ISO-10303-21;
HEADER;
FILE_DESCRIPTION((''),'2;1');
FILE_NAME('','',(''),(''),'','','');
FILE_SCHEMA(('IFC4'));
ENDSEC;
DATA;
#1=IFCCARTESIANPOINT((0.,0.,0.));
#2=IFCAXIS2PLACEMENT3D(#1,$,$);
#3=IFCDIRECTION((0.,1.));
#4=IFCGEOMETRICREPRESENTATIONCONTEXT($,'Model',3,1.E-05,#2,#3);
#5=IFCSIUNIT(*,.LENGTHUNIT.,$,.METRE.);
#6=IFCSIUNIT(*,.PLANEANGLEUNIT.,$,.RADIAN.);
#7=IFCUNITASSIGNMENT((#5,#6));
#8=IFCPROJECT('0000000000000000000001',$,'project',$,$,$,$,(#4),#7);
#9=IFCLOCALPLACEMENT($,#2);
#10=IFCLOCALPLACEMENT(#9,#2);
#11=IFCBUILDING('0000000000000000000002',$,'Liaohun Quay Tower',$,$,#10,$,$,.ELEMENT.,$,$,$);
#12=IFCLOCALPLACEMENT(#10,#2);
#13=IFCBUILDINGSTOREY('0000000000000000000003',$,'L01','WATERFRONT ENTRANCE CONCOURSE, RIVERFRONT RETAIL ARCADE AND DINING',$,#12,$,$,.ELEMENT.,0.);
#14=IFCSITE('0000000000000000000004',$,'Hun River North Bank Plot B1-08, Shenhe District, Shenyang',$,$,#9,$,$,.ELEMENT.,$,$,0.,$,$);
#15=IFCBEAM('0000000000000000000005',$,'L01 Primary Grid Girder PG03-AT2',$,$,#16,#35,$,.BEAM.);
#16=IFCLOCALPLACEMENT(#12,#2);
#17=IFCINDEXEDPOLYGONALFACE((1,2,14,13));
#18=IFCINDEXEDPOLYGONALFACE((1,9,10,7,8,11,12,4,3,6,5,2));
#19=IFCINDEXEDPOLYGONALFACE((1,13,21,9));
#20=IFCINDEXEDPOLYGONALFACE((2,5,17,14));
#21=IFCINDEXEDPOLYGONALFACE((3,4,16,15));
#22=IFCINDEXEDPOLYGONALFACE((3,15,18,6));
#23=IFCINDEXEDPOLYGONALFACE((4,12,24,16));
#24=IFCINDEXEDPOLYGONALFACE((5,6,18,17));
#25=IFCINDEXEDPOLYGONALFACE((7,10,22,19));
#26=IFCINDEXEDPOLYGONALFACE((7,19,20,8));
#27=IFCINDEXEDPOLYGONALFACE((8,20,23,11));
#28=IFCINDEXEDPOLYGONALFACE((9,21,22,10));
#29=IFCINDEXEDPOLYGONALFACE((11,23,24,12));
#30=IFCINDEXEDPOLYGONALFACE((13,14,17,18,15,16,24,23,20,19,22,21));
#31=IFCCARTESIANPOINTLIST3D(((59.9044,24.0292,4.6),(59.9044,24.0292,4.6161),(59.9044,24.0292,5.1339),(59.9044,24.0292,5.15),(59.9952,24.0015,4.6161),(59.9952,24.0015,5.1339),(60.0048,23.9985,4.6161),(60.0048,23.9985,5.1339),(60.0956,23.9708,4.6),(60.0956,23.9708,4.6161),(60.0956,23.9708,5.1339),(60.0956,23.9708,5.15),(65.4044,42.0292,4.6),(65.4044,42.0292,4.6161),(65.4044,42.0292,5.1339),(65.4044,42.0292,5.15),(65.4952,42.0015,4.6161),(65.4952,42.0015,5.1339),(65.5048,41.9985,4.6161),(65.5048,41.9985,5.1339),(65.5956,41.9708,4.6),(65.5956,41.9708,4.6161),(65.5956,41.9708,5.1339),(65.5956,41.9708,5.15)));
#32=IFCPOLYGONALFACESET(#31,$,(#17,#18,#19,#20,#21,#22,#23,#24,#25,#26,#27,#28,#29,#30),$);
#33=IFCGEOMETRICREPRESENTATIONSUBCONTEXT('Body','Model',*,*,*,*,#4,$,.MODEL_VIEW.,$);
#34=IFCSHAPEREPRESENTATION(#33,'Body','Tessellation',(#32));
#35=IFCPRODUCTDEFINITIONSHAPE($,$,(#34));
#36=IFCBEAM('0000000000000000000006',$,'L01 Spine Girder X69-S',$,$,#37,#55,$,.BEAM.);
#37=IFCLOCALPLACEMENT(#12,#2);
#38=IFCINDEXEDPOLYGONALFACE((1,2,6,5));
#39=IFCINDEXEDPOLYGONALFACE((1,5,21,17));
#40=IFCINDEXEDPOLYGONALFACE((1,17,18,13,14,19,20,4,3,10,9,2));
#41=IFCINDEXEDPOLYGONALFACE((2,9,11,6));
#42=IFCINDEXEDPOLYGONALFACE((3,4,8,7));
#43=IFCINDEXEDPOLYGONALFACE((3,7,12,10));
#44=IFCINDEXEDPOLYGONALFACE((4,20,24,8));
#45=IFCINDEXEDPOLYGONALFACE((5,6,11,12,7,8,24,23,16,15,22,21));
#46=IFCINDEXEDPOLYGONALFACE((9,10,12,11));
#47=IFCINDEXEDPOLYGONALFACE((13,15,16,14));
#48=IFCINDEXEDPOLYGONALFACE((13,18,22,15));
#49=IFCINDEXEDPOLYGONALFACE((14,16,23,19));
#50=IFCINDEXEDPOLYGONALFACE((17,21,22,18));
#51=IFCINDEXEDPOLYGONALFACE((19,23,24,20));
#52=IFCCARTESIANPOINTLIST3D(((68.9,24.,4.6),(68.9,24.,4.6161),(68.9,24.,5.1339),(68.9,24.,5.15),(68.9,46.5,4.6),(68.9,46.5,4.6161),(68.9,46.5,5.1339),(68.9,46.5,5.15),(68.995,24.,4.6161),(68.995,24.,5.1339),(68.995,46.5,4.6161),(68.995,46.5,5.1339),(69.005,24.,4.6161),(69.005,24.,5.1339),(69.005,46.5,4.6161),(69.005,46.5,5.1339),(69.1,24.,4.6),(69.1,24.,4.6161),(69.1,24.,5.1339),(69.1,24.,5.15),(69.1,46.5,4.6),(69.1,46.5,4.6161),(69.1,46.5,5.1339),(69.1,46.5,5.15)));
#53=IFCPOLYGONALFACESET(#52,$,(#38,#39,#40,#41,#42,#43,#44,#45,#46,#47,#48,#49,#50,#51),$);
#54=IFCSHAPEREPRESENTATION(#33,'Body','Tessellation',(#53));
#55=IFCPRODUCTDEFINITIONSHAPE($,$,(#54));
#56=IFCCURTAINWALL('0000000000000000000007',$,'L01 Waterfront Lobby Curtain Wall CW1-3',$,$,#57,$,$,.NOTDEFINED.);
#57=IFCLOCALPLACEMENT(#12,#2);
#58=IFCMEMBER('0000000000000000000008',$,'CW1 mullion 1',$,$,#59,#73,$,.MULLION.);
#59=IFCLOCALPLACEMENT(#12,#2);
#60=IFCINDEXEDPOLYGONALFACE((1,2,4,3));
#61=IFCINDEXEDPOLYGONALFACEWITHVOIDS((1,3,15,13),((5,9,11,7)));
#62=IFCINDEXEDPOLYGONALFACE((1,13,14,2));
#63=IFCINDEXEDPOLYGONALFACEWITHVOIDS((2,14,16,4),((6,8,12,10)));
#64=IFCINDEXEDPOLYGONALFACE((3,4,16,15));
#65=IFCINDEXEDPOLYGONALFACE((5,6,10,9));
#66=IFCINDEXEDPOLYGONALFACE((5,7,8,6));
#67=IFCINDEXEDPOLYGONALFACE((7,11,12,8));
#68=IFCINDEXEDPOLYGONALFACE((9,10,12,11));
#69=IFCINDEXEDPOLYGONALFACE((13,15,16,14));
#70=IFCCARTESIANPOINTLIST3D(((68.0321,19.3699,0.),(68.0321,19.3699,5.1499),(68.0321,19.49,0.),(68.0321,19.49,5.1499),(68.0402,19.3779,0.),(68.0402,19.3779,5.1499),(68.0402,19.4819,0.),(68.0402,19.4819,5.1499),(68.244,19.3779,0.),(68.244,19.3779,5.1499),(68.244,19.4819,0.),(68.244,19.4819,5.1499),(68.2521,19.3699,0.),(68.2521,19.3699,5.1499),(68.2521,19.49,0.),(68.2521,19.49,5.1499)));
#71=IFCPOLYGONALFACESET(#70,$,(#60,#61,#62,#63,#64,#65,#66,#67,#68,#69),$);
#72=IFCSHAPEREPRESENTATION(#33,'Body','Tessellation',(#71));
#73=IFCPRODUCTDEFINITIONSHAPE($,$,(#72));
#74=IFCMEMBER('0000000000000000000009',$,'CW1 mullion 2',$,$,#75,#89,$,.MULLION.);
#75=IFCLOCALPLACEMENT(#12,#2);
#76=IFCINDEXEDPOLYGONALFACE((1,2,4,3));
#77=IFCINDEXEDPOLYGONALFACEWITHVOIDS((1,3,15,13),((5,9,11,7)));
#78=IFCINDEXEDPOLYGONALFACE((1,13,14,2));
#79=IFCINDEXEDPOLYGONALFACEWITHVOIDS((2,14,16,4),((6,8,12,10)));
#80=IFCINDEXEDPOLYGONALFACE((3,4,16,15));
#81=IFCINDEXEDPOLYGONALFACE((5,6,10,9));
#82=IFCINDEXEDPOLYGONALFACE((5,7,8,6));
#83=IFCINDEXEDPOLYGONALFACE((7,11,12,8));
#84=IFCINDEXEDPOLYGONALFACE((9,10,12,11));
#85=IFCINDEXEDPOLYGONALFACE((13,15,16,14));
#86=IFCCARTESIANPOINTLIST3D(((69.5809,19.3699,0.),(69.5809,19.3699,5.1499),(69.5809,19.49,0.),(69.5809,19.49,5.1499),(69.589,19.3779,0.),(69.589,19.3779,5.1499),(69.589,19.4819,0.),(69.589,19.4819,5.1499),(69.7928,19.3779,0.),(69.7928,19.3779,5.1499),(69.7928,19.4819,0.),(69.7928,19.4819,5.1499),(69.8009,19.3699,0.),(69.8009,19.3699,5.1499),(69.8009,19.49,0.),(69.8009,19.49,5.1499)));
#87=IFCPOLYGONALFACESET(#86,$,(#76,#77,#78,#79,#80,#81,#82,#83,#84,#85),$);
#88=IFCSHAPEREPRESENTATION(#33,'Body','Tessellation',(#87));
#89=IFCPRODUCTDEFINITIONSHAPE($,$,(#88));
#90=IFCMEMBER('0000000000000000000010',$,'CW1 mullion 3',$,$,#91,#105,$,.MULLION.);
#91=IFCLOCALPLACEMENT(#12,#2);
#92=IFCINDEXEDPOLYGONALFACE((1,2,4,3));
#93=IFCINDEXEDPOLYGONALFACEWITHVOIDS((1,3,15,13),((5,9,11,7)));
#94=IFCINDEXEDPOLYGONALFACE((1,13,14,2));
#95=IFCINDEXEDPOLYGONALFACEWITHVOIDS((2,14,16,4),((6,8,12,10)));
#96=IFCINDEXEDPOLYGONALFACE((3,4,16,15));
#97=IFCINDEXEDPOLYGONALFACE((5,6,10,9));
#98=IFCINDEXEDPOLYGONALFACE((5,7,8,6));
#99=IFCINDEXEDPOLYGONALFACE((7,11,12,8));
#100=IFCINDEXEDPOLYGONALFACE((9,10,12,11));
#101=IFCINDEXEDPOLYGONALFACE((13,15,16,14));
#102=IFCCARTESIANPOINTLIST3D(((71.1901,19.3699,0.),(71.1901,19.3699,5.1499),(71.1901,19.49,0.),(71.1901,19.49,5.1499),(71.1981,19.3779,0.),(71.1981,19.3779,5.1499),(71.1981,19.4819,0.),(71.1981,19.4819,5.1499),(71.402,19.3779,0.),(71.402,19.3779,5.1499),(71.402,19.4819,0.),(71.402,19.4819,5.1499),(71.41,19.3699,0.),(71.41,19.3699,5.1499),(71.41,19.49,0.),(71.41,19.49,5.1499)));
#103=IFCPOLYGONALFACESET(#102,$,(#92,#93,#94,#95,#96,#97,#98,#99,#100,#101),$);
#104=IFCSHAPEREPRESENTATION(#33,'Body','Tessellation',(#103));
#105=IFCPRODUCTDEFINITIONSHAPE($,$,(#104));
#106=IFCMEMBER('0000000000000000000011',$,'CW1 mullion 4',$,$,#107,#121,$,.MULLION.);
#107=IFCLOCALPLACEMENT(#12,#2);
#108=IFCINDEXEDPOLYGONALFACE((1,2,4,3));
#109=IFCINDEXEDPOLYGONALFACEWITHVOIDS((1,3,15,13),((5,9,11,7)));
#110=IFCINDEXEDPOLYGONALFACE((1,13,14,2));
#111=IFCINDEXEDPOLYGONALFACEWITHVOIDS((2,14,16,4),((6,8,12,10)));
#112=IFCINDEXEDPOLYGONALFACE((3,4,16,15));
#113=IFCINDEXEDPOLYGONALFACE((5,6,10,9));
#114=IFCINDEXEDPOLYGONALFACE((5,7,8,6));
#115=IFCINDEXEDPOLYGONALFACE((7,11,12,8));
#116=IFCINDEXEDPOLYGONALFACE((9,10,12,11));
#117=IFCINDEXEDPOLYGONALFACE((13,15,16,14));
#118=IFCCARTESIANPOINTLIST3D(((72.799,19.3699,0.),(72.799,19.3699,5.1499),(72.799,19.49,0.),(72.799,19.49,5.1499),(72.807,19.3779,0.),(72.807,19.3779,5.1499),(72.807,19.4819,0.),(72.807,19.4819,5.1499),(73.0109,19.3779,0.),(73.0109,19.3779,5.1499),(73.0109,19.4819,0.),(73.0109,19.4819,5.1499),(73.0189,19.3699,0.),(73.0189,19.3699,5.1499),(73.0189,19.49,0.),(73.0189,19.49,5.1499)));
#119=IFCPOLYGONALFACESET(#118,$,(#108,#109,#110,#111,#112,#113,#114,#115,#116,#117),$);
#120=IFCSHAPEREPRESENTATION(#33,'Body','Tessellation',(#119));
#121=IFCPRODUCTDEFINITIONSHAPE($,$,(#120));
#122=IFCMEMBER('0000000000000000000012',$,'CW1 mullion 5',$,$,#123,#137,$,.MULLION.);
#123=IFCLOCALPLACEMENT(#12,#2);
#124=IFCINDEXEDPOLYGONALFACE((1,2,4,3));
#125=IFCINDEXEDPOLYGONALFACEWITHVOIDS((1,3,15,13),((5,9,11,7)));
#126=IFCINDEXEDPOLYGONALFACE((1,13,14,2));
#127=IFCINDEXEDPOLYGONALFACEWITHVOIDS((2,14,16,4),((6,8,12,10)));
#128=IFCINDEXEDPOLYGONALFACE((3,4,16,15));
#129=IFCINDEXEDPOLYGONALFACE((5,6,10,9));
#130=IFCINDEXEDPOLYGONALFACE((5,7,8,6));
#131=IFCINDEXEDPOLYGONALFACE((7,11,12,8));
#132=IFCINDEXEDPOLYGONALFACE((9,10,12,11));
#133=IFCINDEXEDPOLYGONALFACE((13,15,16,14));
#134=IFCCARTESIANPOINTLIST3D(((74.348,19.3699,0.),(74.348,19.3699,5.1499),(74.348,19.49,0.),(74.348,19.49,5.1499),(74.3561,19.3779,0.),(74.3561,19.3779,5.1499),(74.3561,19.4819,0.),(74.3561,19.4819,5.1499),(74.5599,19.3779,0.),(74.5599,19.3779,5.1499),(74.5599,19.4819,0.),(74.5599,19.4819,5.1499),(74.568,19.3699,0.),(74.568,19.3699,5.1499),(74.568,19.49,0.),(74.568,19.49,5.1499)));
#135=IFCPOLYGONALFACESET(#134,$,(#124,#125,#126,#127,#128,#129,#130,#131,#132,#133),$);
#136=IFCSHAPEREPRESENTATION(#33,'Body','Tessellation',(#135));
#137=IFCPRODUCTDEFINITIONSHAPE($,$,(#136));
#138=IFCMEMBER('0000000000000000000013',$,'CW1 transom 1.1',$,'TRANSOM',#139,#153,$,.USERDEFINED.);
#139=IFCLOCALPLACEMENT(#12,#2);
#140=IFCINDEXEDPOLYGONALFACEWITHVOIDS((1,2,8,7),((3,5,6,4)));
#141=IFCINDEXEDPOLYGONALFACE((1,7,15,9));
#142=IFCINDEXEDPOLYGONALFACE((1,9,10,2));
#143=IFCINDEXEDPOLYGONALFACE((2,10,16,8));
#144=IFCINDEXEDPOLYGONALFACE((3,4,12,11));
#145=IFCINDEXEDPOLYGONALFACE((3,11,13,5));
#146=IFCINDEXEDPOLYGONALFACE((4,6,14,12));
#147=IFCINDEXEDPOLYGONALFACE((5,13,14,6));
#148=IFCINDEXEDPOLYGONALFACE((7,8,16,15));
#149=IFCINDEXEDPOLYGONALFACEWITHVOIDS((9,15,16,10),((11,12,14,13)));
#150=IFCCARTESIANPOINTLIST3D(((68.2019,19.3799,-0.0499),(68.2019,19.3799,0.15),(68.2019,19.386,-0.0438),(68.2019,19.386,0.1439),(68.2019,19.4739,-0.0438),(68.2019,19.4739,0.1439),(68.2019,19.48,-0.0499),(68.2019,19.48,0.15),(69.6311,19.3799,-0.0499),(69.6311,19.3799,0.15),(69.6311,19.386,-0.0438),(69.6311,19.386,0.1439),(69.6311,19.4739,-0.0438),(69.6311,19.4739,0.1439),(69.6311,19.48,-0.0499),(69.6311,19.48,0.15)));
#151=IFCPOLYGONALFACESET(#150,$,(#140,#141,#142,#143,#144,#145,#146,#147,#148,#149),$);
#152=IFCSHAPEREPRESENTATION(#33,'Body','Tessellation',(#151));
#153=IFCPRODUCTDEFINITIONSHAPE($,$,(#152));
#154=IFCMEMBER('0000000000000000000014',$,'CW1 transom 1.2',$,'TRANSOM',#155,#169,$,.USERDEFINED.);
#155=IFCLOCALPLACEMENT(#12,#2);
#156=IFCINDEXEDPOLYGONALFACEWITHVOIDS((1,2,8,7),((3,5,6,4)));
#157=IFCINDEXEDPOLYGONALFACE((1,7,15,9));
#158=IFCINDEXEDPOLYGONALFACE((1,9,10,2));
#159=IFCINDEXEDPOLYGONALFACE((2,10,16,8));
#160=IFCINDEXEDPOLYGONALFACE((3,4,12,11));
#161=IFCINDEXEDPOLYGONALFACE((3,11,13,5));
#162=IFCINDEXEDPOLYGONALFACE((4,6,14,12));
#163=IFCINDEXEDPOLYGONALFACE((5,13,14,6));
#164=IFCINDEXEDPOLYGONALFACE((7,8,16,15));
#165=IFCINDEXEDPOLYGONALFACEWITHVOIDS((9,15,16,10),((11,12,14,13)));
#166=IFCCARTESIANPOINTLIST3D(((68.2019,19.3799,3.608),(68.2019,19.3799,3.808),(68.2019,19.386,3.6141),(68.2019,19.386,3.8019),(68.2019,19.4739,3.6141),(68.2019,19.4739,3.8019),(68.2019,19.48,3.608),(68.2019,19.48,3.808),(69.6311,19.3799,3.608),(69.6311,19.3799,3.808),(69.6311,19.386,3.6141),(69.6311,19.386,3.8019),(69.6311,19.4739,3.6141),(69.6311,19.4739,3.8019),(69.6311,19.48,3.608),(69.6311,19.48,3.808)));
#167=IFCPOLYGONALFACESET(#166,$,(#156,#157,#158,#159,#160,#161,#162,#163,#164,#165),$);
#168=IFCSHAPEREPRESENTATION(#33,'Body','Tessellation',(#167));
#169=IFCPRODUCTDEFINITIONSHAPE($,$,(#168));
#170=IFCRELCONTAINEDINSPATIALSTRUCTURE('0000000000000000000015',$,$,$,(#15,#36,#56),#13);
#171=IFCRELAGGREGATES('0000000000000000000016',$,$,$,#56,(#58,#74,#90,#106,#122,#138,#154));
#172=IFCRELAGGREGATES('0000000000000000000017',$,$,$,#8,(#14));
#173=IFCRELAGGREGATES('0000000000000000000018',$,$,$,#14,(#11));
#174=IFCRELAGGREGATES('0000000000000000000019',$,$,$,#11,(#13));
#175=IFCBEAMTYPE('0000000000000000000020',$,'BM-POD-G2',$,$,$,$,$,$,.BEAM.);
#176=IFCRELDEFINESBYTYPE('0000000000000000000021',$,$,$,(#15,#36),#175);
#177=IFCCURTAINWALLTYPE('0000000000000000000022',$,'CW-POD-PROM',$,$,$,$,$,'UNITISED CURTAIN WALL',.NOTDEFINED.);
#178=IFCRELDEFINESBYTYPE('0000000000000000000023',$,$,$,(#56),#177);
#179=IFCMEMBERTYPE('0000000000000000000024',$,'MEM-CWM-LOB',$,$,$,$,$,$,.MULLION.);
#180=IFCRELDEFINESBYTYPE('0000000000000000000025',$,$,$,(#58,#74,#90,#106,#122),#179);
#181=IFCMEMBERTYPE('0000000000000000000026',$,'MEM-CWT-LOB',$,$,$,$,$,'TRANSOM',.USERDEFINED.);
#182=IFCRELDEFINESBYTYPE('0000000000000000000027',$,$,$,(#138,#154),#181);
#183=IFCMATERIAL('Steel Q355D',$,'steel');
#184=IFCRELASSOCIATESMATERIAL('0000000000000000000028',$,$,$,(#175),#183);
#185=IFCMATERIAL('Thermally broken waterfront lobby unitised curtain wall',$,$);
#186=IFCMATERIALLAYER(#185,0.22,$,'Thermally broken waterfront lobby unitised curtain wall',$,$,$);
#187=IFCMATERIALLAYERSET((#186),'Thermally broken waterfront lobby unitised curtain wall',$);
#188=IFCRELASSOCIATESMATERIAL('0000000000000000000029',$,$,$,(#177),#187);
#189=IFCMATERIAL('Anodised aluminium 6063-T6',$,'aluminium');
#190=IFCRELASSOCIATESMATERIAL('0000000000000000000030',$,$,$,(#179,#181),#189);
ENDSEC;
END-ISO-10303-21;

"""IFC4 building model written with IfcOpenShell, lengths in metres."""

from ifc_helpers import new_model, si_unit, direction, frame, origin, origin_2d, place, context, subcontext, project, spatial, hollow_rectangle, i_section, extrude, source, transform, mapped, material, layer, layer_set, material_profile, profile_set, type_object, element, aggregate, save


model = new_model("IFC4")

# Units and contexts
model_context = context("Model", 3, precision=1e-05, world=origin(), true_north=direction((0.0, 1.0)))
body_context = subcontext(model_context, "Body", "Model", "MODEL_VIEW")
ifc_project = project(units=[si_unit("LENGTHUNIT", "METRE"), si_unit("PLANEANGLEUNIT", "RADIAN")], contexts=[model_context])

# Site, building, storey
site_placement = place(None, origin())
site = spatial("IfcSite", under=ifc_project, at=site_placement, Name="Hun River North Bank Plot B1-08, Shenhe District, Shenyang", CompositionType="ELEMENT", RefElevation=0.0)
building_placement = place(site_placement, origin())
building = spatial("IfcBuilding", under=site, at=building_placement, Name="Liaohun Quay Tower", CompositionType="ELEMENT")
storey_placement = place(building_placement, origin())
storey = spatial("IfcBuildingStorey", under=building, at=storey_placement, Name="L01", Description="WATERFRONT ENTRANCE CONCOURSE, RIVERFRONT RETAIL ARCADE AND DINING", CompositionType="ELEMENT", Elevation=0.0)

# Shared definitions
ifc_material_1 = material(Name="Steel Q355D", Category="steel")

# Beams
ifc_material_profile_1 = material_profile(ifc_material_1, i_section(OverallWidth=0.2, OverallDepth=0.55, WebThickness=0.01, FlangeThickness=0.0161, at=origin_2d()), Name="HN550x200x10x16")
ifc_profile_set_1 = profile_set([ifc_material_profile_1], Name="Steel Q355D")
beam_type_1 = type_object("IfcBeamType", Name="BM-POD-G2", PredefinedType="BEAM", material=ifc_profile_set_1)
shared_shape_1 = source(origin(), body_context, "Body", "SweptSolid", [
    extrude(i_section(OverallWidth=0.2, OverallDepth=0.55, WebThickness=0.01, FlangeThickness=0.0161, at=origin_2d()), origin(), (0.0, 0.0, 1.0), 18.8215),
])
for number, where, z_axis, x_axis, name in (
    (1, (60.0, 24.0, 4.875), (0.292219, 0.956352, 0.0), (-0.956352, 0.292219, 0.0), "L01 Primary Grid Girder PG03-AT2"),
):
    element("IfcBeam", number, at=place(storey_placement, frame(where, z_axis=z_axis, x_axis=x_axis)), inside=storey, type_object=beam_type_1, Name=name, PredefinedType="BEAM", context=body_context, shape_type="MappedRepresentation", body=[
        mapped(shared_shape_1, transform((0.0, 0.0, 0.0), x_axis=(1.0, 0.0, 0.0), y_axis=(0.0, 1.0, 0.0), z_axis=(0.0, 0.0, 1.0), scale=1.0)),
    ])
shared_shape_2 = source(origin(), body_context, "Body", "SweptSolid", [
    extrude(i_section(OverallWidth=0.2, OverallDepth=0.55, WebThickness=0.01, FlangeThickness=0.0161, at=origin_2d()), origin(), (0.0, 0.0, 1.0), 22.5),
])
beam_1_placement = place(storey_placement, frame((69.0, 24.0, 4.875), z_axis=(0.0, 1.0, 0.0), x_axis=(-1.0, 0.0, 0.0)))
element("IfcBeam", 2, at=beam_1_placement, inside=storey, type_object=beam_type_1, Name="L01 Spine Girder X69-S", PredefinedType="BEAM", context=body_context, shape_type="MappedRepresentation", body=[
    mapped(shared_shape_2, transform((0.0, 0.0, 0.0), x_axis=(1.0, 0.0, 0.0), y_axis=(0.0, 1.0, 0.0), z_axis=(0.0, 0.0, 1.0), scale=1.0)),
])

# Curtain wall, members
ifc_material_2 = material(Name="Thermally broken waterfront lobby unitised curtain wall")
ifc_layer_1 = layer(ifc_material_2, 0.22, Name="Thermally broken waterfront lobby unitised curtain wall")
ifc_layer_set_1 = layer_set([ifc_layer_1], Name="Thermally broken waterfront lobby unitised curtain wall")
curtain_wall_type = type_object("IfcCurtainWallType", Name="CW-POD-PROM", ElementType="UNITISED CURTAIN WALL", PredefinedType="NOTDEFINED", material=ifc_layer_set_1)
curtain_wall_placement = place(storey_placement, origin())
curtain_wall = element("IfcCurtainWall", 3, at=curtain_wall_placement, inside=storey, type_object=curtain_wall_type, Name="L01 Waterfront Lobby Curtain Wall CW1-3", PredefinedType="NOTDEFINED")
ifc_material_3 = material(Name="Anodised aluminium 6063-T6", Category="aluminium")
ifc_material_profile_2 = material_profile(ifc_material_3, hollow_rectangle(XDim=0.1201, YDim=0.22, WallThickness=0.0081, at=origin_2d()), Name="RHS220x120x8")
ifc_profile_set_2 = profile_set([ifc_material_profile_2], Name="Anodised aluminium 6063-T6")
member_type_1 = type_object("IfcMemberType", Name="MEM-CWM-LOB", PredefinedType="MULLION", material=ifc_profile_set_2)
shared_shape_3 = source(origin(), body_context, "Body", "SweptSolid", [
    extrude(hollow_rectangle(XDim=0.1201, YDim=0.22, WallThickness=0.0081, at=origin_2d()), origin(), (0.0, 0.0, 1.0), 5.1499),
])
member_1_placement = place(storey_placement, frame((68.1421, 19.4299, 0.0), z_axis=(0.0, 0.0, 1.0), x_axis=(0.0, 1.0, 0.0)))
member_1 = element("IfcMember", 4, at=member_1_placement, type_object=member_type_1, Name="CW1 mullion 1", PredefinedType="MULLION", context=body_context, shape_type="MappedRepresentation", body=[
    mapped(shared_shape_3, transform((0.0, 0.0, 0.0), x_axis=(1.0, 0.0, 0.0), y_axis=(0.0, 1.0, 0.0), z_axis=(0.0, 0.0, 1.0), scale=1.0)),
])
member_2_placement = place(storey_placement, frame((69.6909, 19.4299, 0.0), z_axis=(0.0, 0.0, 1.0), x_axis=(0.0, 1.0, 0.0)))
member_2 = element("IfcMember", 5, at=member_2_placement, type_object=member_type_1, Name="CW1 mullion 2", PredefinedType="MULLION", context=body_context, shape_type="MappedRepresentation", body=[
    mapped(shared_shape_3, transform((0.0, 0.0, 0.0), x_axis=(1.0, 0.0, 0.0), y_axis=(0.0, 1.0, 0.0), z_axis=(0.0, 0.0, 1.0), scale=1.0)),
])
member_3_placement = place(storey_placement, frame((71.3, 19.4299, 0.0), z_axis=(0.0, 0.0, 1.0), x_axis=(0.0, 1.0, 0.0)))
member_3 = element("IfcMember", 6, at=member_3_placement, type_object=member_type_1, Name="CW1 mullion 3", PredefinedType="MULLION", context=body_context, shape_type="MappedRepresentation", body=[
    mapped(shared_shape_3, transform((0.0, 0.0, 0.0), x_axis=(1.0, 0.0, 0.0), y_axis=(0.0, 1.0, 0.0), z_axis=(0.0, 0.0, 1.0), scale=1.0)),
])
member_4_placement = place(storey_placement, frame((72.9089, 19.4299, 0.0), z_axis=(0.0, 0.0, 1.0), x_axis=(0.0, 1.0, 0.0)))
member_4 = element("IfcMember", 7, at=member_4_placement, type_object=member_type_1, Name="CW1 mullion 4", PredefinedType="MULLION", context=body_context, shape_type="MappedRepresentation", body=[
    mapped(shared_shape_3, transform((0.0, 0.0, 0.0), x_axis=(1.0, 0.0, 0.0), y_axis=(0.0, 1.0, 0.0), z_axis=(0.0, 0.0, 1.0), scale=1.0)),
])
member_5_placement = place(storey_placement, frame((74.458, 19.4299, 0.0), z_axis=(0.0, 0.0, 1.0), x_axis=(0.0, 1.0, 0.0)))
member_5 = element("IfcMember", 8, at=member_5_placement, type_object=member_type_1, Name="CW1 mullion 5", PredefinedType="MULLION", context=body_context, shape_type="MappedRepresentation", body=[
    mapped(shared_shape_3, transform((0.0, 0.0, 0.0), x_axis=(1.0, 0.0, 0.0), y_axis=(0.0, 1.0, 0.0), z_axis=(0.0, 0.0, 1.0), scale=1.0)),
])
ifc_material_profile_3 = material_profile(ifc_material_3, hollow_rectangle(XDim=0.1001, YDim=0.2, WallThickness=0.0061, at=origin_2d()), Name="RHS200x100x6")
ifc_profile_set_3 = profile_set([ifc_material_profile_3], Name="Anodised aluminium 6063-T6")
member_type_2 = type_object("IfcMemberType", Name="MEM-CWT-LOB", ElementType="TRANSOM", PredefinedType="USERDEFINED", material=ifc_profile_set_3)
shared_shape_4 = source(origin(), body_context, "Body", "SweptSolid", [
    extrude(hollow_rectangle(XDim=0.1001, YDim=0.2, WallThickness=0.0061, at=origin_2d()), origin(), (0.0, 0.0, 1.0), 1.4292),
])
member_6_placement = place(storey_placement, frame((68.2019, 19.4299, 0.05), z_axis=(1.0, 0.0, 0.0), x_axis=(0.0, 1.0, 0.0)))
member_6 = element("IfcMember", 9, at=member_6_placement, type_object=member_type_2, Name="CW1 transom 1.1", ObjectType="TRANSOM", PredefinedType="USERDEFINED", context=body_context, shape_type="MappedRepresentation", body=[
    mapped(shared_shape_4, transform((0.0, 0.0, 0.0), x_axis=(1.0, 0.0, 0.0), y_axis=(0.0, 1.0, 0.0), z_axis=(0.0, 0.0, 1.0), scale=1.0)),
])
member_7_placement = place(storey_placement, frame((68.2019, 19.4299, 3.708), z_axis=(1.0, 0.0, 0.0), x_axis=(0.0, 1.0, 0.0)))
member_7 = element("IfcMember", 10, at=member_7_placement, type_object=member_type_2, Name="CW1 transom 1.2", ObjectType="TRANSOM", PredefinedType="USERDEFINED", context=body_context, shape_type="MappedRepresentation", body=[
    mapped(shared_shape_4, transform((0.0, 0.0, 0.0), x_axis=(1.0, 0.0, 0.0), y_axis=(0.0, 1.0, 0.0), z_axis=(0.0, 0.0, 1.0), scale=1.0)),
])
aggregate(curtain_wall, [member_1, member_2, member_3, member_4, member_5, member_6, member_7])

save(model, "model.ifc")
